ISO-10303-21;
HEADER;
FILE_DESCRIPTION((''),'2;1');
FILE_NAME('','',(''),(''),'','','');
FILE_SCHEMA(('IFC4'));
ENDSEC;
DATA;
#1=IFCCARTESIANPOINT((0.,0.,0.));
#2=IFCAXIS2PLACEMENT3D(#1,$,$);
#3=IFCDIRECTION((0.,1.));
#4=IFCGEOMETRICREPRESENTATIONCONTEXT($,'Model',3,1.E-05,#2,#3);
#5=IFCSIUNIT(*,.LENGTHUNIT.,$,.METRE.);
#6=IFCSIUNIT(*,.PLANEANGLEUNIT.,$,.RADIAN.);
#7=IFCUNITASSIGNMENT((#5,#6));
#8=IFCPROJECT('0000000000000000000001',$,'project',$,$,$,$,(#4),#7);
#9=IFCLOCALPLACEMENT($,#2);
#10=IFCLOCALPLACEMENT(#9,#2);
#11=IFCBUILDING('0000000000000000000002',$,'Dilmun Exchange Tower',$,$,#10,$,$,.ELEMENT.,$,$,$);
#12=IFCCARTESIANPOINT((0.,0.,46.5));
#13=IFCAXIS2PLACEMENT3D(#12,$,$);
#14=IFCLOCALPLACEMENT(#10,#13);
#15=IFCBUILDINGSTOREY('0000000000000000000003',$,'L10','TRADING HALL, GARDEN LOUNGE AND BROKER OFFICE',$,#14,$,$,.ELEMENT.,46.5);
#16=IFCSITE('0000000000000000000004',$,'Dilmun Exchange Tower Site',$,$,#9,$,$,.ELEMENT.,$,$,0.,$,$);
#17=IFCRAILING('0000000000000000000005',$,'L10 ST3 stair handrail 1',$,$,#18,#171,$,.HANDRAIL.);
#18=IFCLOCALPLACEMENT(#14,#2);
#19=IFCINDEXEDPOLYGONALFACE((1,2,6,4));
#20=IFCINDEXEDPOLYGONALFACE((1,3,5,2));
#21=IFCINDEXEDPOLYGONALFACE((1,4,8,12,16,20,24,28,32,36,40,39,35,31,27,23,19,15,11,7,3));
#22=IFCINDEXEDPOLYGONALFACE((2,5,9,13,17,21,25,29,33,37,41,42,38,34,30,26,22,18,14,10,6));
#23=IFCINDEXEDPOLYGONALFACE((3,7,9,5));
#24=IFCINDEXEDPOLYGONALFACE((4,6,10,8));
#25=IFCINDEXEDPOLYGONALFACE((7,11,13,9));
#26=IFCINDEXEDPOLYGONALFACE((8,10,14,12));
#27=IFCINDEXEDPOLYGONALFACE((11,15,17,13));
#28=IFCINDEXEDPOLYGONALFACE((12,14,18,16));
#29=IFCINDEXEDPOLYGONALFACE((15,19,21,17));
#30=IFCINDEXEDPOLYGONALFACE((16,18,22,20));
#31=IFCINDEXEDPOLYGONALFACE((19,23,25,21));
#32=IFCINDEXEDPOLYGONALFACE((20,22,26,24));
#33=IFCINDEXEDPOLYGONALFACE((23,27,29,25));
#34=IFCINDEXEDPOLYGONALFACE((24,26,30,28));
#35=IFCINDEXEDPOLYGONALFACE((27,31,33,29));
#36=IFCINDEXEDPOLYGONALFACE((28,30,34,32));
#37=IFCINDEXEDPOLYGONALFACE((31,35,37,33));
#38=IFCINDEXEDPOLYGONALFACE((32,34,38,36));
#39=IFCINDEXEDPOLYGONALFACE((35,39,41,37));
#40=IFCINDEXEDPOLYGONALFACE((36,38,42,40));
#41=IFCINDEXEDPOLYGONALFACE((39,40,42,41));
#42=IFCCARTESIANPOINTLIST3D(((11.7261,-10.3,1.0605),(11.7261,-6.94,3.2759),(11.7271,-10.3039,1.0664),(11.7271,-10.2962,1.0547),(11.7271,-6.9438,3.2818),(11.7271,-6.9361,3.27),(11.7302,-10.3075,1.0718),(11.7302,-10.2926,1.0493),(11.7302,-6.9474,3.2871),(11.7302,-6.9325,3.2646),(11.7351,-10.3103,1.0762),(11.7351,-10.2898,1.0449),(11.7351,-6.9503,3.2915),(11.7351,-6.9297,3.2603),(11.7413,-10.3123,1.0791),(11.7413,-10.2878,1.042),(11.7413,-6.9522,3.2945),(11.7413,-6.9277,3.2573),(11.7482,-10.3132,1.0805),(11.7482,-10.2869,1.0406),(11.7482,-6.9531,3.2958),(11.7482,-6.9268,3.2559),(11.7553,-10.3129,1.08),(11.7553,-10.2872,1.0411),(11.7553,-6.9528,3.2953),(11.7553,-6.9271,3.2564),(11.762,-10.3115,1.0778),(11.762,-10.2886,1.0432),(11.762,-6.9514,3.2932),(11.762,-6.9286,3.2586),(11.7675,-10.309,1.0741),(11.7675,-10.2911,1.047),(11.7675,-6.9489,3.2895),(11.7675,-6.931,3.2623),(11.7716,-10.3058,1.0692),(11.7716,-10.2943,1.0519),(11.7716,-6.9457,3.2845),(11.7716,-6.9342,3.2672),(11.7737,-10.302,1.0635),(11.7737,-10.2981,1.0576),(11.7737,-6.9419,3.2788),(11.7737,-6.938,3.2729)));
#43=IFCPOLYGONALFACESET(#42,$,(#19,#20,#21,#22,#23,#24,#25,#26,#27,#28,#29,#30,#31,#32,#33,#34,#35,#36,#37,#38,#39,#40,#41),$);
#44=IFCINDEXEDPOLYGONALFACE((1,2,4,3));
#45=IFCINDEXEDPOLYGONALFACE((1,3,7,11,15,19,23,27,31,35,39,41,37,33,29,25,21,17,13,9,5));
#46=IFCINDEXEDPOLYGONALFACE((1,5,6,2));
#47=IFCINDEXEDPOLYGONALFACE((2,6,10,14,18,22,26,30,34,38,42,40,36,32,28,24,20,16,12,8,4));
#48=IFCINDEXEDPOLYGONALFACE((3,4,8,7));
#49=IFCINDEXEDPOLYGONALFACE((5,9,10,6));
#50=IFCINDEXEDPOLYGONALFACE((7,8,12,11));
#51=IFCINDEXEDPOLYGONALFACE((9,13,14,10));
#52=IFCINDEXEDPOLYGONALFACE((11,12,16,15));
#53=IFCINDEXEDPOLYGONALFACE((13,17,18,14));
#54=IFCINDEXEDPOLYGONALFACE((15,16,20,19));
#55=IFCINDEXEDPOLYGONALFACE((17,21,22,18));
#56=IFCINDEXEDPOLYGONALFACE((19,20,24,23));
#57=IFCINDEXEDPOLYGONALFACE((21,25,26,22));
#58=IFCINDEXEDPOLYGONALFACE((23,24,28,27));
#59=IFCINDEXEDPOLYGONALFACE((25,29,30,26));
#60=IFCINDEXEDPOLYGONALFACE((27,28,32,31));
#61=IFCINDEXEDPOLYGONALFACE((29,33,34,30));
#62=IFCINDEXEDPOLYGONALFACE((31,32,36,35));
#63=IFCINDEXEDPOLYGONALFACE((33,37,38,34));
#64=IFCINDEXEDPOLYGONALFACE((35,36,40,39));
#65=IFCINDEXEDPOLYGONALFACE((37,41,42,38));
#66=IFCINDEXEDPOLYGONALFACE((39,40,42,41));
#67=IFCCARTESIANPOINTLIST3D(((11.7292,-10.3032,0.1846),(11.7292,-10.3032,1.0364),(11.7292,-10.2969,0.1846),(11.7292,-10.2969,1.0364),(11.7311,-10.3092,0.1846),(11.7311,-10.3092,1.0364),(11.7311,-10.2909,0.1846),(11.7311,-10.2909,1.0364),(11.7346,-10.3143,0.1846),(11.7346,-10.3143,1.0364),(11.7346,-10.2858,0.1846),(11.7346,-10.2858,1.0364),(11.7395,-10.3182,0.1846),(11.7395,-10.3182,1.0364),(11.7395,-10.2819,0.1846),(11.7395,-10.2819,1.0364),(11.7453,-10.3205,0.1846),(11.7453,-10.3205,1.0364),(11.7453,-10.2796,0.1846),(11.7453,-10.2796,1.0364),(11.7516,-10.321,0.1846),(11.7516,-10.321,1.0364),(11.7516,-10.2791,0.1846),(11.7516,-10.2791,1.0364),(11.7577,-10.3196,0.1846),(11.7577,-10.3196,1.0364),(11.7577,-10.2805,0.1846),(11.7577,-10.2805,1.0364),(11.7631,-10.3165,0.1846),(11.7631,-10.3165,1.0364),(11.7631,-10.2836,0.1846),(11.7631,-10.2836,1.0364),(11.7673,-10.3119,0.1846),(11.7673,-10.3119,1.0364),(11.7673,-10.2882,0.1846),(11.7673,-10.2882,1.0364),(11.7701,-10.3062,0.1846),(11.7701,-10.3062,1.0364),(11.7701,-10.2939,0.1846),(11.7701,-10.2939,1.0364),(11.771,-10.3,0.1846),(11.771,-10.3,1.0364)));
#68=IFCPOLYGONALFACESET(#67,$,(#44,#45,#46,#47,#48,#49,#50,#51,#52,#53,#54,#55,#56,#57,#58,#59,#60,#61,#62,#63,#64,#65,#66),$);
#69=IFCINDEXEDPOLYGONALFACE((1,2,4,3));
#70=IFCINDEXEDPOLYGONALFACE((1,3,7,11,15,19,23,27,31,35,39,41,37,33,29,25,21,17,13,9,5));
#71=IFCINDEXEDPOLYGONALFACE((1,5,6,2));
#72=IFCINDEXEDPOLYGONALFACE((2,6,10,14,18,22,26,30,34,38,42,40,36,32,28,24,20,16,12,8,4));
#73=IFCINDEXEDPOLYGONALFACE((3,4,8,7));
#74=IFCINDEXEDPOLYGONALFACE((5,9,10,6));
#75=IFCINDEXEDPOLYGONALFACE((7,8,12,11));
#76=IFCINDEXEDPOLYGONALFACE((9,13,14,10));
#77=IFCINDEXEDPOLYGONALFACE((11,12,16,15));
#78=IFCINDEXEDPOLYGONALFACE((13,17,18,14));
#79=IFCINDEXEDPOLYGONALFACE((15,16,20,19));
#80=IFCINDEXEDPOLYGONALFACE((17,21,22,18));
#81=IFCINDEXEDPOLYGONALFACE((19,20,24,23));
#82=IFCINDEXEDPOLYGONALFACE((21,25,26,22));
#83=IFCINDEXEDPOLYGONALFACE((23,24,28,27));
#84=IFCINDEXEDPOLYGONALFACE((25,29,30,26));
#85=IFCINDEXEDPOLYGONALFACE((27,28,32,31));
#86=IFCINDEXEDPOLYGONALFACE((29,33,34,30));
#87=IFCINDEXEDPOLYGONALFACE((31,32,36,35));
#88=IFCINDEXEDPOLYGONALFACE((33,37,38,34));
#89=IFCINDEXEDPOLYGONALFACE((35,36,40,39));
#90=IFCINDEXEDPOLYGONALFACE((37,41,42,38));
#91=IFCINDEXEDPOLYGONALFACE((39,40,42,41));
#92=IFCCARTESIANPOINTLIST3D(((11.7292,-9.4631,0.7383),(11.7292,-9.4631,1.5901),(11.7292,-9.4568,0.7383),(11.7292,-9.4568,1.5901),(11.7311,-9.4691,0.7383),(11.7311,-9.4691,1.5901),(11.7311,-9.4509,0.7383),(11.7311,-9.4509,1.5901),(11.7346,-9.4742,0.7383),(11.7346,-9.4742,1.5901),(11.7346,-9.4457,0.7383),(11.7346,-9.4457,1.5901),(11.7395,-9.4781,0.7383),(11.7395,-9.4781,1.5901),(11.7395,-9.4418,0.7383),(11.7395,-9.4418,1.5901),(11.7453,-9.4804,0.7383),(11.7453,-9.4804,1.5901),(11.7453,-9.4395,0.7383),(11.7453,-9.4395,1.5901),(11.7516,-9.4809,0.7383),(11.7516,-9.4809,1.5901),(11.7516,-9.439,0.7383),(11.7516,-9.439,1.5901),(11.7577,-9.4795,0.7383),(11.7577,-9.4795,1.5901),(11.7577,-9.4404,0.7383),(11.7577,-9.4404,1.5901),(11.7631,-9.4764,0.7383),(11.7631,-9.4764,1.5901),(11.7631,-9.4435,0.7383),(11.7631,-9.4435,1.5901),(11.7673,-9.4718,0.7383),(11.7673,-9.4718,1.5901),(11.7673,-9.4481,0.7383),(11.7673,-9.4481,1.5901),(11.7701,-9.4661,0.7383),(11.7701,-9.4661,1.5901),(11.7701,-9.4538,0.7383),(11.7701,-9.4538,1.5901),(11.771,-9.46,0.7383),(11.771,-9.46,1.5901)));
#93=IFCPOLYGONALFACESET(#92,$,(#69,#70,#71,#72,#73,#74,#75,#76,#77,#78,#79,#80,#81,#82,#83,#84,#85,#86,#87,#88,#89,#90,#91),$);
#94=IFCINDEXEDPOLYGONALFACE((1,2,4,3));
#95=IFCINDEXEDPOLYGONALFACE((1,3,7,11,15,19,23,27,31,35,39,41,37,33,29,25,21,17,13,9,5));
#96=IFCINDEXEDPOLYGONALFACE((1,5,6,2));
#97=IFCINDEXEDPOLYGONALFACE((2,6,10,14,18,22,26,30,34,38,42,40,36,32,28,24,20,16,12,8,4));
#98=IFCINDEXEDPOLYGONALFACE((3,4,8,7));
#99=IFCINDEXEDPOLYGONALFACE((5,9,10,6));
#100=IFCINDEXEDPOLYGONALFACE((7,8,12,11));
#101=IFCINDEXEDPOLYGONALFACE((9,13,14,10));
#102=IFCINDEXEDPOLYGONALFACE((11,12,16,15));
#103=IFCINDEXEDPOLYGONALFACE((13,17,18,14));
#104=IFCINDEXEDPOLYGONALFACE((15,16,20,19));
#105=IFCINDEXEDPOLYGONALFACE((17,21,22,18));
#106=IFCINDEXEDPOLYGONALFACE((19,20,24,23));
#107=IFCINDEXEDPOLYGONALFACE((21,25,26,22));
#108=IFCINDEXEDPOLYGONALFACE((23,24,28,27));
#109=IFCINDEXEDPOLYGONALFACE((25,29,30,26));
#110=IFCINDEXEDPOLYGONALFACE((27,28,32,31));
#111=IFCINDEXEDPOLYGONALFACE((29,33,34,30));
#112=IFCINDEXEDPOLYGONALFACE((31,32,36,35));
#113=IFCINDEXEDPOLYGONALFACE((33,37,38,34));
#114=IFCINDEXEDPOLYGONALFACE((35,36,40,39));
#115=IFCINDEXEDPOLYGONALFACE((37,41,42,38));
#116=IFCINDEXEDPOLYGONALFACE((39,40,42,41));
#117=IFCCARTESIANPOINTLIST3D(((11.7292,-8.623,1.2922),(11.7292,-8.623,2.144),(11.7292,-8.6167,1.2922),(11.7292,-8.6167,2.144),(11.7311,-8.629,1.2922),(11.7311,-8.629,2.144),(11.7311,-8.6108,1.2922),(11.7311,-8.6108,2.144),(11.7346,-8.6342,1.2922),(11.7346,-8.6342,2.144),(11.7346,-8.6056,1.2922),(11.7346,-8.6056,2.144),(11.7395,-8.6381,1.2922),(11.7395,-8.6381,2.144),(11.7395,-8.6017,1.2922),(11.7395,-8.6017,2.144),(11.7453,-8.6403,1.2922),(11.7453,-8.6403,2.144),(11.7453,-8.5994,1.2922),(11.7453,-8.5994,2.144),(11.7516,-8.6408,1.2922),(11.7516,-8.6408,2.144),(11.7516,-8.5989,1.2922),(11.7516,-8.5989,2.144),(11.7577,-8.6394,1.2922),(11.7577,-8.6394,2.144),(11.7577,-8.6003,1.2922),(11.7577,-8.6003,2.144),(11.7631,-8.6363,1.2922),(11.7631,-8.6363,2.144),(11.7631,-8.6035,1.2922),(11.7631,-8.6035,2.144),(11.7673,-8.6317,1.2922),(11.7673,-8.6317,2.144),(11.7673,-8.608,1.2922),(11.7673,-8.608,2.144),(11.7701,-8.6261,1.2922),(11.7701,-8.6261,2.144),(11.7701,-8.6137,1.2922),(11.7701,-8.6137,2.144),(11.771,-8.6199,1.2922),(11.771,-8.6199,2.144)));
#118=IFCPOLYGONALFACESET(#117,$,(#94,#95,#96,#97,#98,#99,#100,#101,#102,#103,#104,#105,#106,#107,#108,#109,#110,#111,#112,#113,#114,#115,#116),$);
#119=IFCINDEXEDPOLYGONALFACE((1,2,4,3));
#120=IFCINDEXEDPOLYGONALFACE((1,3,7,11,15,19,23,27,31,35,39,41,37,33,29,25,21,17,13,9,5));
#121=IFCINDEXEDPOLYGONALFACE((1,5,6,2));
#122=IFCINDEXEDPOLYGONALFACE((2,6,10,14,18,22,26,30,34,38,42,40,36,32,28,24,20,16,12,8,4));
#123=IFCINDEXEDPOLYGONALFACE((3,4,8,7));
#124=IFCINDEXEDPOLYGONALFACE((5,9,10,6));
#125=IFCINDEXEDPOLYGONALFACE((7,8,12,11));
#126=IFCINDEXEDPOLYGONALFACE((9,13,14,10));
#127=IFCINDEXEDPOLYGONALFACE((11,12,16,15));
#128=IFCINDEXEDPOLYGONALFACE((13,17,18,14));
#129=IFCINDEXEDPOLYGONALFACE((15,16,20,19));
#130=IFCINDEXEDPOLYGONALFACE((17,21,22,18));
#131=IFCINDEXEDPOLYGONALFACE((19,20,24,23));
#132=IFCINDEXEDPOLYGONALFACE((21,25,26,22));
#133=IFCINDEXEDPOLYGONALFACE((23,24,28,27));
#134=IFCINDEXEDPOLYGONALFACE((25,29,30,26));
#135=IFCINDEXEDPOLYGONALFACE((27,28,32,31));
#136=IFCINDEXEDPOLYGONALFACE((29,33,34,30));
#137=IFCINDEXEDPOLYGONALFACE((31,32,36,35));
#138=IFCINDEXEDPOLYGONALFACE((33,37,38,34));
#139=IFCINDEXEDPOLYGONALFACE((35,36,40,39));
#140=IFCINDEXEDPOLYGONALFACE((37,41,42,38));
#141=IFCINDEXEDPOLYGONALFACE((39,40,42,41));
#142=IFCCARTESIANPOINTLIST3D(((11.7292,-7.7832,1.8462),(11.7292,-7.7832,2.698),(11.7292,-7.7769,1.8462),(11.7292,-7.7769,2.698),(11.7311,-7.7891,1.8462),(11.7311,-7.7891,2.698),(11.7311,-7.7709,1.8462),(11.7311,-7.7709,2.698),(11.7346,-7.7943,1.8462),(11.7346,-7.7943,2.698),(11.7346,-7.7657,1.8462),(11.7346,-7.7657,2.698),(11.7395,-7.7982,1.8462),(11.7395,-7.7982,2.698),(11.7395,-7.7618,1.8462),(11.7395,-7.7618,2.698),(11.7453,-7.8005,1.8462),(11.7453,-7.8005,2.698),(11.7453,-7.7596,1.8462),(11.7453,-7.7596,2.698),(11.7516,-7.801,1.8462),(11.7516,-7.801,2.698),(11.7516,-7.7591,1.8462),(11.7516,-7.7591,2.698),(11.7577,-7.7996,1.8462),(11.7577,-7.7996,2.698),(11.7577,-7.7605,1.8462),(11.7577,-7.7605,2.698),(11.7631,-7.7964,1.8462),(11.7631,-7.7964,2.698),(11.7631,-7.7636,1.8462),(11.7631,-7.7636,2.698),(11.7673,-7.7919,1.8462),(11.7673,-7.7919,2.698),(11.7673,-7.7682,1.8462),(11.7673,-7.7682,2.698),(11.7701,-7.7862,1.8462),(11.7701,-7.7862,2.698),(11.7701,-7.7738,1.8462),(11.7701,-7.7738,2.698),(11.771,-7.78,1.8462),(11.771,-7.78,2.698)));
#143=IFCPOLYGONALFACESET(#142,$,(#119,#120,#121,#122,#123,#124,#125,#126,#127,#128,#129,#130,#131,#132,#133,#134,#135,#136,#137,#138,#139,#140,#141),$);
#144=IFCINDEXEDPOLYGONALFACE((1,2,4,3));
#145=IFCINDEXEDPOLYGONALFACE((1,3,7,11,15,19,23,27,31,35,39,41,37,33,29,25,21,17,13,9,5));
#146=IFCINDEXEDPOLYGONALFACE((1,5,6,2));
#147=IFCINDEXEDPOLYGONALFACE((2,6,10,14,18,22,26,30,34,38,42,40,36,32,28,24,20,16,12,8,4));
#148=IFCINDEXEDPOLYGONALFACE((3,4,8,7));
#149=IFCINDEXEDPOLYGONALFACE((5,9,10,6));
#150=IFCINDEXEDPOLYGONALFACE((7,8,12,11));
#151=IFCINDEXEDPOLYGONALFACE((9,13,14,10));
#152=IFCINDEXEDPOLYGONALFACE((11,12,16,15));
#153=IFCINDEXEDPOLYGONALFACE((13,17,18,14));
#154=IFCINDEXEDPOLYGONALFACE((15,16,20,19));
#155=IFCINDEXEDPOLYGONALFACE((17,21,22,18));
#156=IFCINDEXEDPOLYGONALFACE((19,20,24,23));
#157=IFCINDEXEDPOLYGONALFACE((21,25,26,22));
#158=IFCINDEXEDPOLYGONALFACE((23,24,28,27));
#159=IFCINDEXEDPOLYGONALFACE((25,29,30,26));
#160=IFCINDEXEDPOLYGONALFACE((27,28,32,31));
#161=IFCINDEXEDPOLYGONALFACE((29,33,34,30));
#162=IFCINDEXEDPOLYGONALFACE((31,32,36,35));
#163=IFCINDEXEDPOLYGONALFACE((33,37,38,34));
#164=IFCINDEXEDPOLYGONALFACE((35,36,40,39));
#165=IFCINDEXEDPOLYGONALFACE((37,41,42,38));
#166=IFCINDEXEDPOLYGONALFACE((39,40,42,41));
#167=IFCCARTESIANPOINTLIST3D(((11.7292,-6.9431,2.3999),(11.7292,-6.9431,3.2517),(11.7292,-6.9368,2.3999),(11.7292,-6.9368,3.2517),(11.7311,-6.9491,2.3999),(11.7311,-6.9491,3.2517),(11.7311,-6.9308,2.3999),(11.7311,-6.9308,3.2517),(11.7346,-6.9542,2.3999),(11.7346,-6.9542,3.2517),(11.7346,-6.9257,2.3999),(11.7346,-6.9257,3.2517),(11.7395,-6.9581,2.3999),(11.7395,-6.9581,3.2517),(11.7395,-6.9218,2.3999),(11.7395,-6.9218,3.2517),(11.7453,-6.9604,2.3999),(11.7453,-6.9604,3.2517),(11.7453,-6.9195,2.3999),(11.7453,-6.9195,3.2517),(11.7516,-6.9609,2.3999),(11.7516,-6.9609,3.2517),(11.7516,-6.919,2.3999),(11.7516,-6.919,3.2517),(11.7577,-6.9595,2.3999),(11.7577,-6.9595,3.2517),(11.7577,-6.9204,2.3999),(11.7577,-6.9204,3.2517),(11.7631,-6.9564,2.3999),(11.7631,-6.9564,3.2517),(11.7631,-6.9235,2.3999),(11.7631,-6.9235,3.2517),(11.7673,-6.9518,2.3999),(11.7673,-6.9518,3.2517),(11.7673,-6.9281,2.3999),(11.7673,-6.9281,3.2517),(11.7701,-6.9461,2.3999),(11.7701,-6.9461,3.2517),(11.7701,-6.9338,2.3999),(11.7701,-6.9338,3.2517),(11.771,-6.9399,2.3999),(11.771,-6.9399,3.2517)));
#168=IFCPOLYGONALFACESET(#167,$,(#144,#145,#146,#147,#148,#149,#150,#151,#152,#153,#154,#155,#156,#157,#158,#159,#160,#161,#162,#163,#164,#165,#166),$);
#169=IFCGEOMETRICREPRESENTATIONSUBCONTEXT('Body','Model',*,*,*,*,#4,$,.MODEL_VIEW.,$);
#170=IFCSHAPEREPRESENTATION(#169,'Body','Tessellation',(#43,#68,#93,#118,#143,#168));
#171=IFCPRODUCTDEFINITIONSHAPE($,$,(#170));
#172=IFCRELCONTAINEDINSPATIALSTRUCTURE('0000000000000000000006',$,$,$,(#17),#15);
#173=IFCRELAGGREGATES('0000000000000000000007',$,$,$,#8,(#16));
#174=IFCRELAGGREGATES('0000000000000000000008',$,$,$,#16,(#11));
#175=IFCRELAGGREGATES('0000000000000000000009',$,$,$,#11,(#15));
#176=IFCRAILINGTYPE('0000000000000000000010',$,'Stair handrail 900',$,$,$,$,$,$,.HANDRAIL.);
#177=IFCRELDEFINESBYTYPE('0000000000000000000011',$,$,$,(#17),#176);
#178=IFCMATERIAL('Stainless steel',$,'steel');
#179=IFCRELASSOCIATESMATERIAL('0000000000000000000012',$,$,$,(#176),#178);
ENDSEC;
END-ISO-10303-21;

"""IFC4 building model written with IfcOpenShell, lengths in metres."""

from ifc_helpers import new_model, si_unit, direction, frame, origin, origin_2d, place, context, subcontext, project, spatial, circle, extrude, material, type_object, element, save


model = new_model("IFC4")

# Units and contexts
model_context = context("Model", 3, precision=1e-05, world=origin(), true_north=direction((0.0, 1.0)))
body_context = subcontext(model_context, "Body", "Model", "MODEL_VIEW")
ifc_project = project(units=[si_unit("LENGTHUNIT", "METRE"), si_unit("PLANEANGLEUNIT", "RADIAN")], contexts=[model_context])

# Site, building, storey
site_placement = place(None, origin())
site = spatial("IfcSite", under=ifc_project, at=site_placement, Name="Dilmun Exchange Tower Site", CompositionType="ELEMENT", RefElevation=0.0)
building_placement = place(site_placement, origin())
building = spatial("IfcBuilding", under=site, at=building_placement, Name="Dilmun Exchange Tower", CompositionType="ELEMENT")
storey_placement = place(building_placement, frame((0.0, 0.0, 46.5)))
storey = spatial("IfcBuildingStorey", under=building, at=storey_placement, Name="L10", Description="TRADING HALL, GARDEN LOUNGE AND BROKER OFFICE", CompositionType="ELEMENT", Elevation=46.5)

# Railing
ifc_material_1 = material(Name="Stainless steel", Category="steel")
railing_type = type_object("IfcRailingType", Name="Stair handrail 900", PredefinedType="HANDRAIL", material=ifc_material_1)
railing_placement = place(storey_placement, frame((11.75, -10.3, 0.1846)))
element("IfcRailing", 1, at=railing_placement, inside=storey, type_object=railing_type, Name="L10 ST3 stair handrail 1", PredefinedType="HANDRAIL", context=body_context, shape_type="SweptSolid", body=[
    extrude(circle(Radius=0.0239, at=origin_2d()), frame((0.0, 0.0, 0.876), z_axis=(0.0, 0.834876, 0.550437), x_axis=(-1.0, 0.0, 0.0)), (0.0, 0.0, 1.0), 4.0247),
    extrude(circle(Radius=0.021, at=origin_2d()), origin(), (0.0, 0.0, 1.0), 0.8518),
    extrude(circle(Radius=0.021, at=origin_2d()), frame((0.0, 0.8401, 0.5537)), (0.0, 0.0, 1.0), 0.8518),
    extrude(circle(Radius=0.021, at=origin_2d()), frame((0.0, 1.6802, 1.1077)), (0.0, 0.0, 1.0), 0.8518),
    extrude(circle(Radius=0.021, at=origin_2d()), frame((0.0, 2.52, 1.6616)), (0.0, 0.0, 1.0), 0.8518),
    extrude(circle(Radius=0.021, at=origin_2d()), frame((0.0, 3.3601, 2.2153)), (0.0, 0.0, 1.0), 0.8518),
])

save(model, "model.ifc")
